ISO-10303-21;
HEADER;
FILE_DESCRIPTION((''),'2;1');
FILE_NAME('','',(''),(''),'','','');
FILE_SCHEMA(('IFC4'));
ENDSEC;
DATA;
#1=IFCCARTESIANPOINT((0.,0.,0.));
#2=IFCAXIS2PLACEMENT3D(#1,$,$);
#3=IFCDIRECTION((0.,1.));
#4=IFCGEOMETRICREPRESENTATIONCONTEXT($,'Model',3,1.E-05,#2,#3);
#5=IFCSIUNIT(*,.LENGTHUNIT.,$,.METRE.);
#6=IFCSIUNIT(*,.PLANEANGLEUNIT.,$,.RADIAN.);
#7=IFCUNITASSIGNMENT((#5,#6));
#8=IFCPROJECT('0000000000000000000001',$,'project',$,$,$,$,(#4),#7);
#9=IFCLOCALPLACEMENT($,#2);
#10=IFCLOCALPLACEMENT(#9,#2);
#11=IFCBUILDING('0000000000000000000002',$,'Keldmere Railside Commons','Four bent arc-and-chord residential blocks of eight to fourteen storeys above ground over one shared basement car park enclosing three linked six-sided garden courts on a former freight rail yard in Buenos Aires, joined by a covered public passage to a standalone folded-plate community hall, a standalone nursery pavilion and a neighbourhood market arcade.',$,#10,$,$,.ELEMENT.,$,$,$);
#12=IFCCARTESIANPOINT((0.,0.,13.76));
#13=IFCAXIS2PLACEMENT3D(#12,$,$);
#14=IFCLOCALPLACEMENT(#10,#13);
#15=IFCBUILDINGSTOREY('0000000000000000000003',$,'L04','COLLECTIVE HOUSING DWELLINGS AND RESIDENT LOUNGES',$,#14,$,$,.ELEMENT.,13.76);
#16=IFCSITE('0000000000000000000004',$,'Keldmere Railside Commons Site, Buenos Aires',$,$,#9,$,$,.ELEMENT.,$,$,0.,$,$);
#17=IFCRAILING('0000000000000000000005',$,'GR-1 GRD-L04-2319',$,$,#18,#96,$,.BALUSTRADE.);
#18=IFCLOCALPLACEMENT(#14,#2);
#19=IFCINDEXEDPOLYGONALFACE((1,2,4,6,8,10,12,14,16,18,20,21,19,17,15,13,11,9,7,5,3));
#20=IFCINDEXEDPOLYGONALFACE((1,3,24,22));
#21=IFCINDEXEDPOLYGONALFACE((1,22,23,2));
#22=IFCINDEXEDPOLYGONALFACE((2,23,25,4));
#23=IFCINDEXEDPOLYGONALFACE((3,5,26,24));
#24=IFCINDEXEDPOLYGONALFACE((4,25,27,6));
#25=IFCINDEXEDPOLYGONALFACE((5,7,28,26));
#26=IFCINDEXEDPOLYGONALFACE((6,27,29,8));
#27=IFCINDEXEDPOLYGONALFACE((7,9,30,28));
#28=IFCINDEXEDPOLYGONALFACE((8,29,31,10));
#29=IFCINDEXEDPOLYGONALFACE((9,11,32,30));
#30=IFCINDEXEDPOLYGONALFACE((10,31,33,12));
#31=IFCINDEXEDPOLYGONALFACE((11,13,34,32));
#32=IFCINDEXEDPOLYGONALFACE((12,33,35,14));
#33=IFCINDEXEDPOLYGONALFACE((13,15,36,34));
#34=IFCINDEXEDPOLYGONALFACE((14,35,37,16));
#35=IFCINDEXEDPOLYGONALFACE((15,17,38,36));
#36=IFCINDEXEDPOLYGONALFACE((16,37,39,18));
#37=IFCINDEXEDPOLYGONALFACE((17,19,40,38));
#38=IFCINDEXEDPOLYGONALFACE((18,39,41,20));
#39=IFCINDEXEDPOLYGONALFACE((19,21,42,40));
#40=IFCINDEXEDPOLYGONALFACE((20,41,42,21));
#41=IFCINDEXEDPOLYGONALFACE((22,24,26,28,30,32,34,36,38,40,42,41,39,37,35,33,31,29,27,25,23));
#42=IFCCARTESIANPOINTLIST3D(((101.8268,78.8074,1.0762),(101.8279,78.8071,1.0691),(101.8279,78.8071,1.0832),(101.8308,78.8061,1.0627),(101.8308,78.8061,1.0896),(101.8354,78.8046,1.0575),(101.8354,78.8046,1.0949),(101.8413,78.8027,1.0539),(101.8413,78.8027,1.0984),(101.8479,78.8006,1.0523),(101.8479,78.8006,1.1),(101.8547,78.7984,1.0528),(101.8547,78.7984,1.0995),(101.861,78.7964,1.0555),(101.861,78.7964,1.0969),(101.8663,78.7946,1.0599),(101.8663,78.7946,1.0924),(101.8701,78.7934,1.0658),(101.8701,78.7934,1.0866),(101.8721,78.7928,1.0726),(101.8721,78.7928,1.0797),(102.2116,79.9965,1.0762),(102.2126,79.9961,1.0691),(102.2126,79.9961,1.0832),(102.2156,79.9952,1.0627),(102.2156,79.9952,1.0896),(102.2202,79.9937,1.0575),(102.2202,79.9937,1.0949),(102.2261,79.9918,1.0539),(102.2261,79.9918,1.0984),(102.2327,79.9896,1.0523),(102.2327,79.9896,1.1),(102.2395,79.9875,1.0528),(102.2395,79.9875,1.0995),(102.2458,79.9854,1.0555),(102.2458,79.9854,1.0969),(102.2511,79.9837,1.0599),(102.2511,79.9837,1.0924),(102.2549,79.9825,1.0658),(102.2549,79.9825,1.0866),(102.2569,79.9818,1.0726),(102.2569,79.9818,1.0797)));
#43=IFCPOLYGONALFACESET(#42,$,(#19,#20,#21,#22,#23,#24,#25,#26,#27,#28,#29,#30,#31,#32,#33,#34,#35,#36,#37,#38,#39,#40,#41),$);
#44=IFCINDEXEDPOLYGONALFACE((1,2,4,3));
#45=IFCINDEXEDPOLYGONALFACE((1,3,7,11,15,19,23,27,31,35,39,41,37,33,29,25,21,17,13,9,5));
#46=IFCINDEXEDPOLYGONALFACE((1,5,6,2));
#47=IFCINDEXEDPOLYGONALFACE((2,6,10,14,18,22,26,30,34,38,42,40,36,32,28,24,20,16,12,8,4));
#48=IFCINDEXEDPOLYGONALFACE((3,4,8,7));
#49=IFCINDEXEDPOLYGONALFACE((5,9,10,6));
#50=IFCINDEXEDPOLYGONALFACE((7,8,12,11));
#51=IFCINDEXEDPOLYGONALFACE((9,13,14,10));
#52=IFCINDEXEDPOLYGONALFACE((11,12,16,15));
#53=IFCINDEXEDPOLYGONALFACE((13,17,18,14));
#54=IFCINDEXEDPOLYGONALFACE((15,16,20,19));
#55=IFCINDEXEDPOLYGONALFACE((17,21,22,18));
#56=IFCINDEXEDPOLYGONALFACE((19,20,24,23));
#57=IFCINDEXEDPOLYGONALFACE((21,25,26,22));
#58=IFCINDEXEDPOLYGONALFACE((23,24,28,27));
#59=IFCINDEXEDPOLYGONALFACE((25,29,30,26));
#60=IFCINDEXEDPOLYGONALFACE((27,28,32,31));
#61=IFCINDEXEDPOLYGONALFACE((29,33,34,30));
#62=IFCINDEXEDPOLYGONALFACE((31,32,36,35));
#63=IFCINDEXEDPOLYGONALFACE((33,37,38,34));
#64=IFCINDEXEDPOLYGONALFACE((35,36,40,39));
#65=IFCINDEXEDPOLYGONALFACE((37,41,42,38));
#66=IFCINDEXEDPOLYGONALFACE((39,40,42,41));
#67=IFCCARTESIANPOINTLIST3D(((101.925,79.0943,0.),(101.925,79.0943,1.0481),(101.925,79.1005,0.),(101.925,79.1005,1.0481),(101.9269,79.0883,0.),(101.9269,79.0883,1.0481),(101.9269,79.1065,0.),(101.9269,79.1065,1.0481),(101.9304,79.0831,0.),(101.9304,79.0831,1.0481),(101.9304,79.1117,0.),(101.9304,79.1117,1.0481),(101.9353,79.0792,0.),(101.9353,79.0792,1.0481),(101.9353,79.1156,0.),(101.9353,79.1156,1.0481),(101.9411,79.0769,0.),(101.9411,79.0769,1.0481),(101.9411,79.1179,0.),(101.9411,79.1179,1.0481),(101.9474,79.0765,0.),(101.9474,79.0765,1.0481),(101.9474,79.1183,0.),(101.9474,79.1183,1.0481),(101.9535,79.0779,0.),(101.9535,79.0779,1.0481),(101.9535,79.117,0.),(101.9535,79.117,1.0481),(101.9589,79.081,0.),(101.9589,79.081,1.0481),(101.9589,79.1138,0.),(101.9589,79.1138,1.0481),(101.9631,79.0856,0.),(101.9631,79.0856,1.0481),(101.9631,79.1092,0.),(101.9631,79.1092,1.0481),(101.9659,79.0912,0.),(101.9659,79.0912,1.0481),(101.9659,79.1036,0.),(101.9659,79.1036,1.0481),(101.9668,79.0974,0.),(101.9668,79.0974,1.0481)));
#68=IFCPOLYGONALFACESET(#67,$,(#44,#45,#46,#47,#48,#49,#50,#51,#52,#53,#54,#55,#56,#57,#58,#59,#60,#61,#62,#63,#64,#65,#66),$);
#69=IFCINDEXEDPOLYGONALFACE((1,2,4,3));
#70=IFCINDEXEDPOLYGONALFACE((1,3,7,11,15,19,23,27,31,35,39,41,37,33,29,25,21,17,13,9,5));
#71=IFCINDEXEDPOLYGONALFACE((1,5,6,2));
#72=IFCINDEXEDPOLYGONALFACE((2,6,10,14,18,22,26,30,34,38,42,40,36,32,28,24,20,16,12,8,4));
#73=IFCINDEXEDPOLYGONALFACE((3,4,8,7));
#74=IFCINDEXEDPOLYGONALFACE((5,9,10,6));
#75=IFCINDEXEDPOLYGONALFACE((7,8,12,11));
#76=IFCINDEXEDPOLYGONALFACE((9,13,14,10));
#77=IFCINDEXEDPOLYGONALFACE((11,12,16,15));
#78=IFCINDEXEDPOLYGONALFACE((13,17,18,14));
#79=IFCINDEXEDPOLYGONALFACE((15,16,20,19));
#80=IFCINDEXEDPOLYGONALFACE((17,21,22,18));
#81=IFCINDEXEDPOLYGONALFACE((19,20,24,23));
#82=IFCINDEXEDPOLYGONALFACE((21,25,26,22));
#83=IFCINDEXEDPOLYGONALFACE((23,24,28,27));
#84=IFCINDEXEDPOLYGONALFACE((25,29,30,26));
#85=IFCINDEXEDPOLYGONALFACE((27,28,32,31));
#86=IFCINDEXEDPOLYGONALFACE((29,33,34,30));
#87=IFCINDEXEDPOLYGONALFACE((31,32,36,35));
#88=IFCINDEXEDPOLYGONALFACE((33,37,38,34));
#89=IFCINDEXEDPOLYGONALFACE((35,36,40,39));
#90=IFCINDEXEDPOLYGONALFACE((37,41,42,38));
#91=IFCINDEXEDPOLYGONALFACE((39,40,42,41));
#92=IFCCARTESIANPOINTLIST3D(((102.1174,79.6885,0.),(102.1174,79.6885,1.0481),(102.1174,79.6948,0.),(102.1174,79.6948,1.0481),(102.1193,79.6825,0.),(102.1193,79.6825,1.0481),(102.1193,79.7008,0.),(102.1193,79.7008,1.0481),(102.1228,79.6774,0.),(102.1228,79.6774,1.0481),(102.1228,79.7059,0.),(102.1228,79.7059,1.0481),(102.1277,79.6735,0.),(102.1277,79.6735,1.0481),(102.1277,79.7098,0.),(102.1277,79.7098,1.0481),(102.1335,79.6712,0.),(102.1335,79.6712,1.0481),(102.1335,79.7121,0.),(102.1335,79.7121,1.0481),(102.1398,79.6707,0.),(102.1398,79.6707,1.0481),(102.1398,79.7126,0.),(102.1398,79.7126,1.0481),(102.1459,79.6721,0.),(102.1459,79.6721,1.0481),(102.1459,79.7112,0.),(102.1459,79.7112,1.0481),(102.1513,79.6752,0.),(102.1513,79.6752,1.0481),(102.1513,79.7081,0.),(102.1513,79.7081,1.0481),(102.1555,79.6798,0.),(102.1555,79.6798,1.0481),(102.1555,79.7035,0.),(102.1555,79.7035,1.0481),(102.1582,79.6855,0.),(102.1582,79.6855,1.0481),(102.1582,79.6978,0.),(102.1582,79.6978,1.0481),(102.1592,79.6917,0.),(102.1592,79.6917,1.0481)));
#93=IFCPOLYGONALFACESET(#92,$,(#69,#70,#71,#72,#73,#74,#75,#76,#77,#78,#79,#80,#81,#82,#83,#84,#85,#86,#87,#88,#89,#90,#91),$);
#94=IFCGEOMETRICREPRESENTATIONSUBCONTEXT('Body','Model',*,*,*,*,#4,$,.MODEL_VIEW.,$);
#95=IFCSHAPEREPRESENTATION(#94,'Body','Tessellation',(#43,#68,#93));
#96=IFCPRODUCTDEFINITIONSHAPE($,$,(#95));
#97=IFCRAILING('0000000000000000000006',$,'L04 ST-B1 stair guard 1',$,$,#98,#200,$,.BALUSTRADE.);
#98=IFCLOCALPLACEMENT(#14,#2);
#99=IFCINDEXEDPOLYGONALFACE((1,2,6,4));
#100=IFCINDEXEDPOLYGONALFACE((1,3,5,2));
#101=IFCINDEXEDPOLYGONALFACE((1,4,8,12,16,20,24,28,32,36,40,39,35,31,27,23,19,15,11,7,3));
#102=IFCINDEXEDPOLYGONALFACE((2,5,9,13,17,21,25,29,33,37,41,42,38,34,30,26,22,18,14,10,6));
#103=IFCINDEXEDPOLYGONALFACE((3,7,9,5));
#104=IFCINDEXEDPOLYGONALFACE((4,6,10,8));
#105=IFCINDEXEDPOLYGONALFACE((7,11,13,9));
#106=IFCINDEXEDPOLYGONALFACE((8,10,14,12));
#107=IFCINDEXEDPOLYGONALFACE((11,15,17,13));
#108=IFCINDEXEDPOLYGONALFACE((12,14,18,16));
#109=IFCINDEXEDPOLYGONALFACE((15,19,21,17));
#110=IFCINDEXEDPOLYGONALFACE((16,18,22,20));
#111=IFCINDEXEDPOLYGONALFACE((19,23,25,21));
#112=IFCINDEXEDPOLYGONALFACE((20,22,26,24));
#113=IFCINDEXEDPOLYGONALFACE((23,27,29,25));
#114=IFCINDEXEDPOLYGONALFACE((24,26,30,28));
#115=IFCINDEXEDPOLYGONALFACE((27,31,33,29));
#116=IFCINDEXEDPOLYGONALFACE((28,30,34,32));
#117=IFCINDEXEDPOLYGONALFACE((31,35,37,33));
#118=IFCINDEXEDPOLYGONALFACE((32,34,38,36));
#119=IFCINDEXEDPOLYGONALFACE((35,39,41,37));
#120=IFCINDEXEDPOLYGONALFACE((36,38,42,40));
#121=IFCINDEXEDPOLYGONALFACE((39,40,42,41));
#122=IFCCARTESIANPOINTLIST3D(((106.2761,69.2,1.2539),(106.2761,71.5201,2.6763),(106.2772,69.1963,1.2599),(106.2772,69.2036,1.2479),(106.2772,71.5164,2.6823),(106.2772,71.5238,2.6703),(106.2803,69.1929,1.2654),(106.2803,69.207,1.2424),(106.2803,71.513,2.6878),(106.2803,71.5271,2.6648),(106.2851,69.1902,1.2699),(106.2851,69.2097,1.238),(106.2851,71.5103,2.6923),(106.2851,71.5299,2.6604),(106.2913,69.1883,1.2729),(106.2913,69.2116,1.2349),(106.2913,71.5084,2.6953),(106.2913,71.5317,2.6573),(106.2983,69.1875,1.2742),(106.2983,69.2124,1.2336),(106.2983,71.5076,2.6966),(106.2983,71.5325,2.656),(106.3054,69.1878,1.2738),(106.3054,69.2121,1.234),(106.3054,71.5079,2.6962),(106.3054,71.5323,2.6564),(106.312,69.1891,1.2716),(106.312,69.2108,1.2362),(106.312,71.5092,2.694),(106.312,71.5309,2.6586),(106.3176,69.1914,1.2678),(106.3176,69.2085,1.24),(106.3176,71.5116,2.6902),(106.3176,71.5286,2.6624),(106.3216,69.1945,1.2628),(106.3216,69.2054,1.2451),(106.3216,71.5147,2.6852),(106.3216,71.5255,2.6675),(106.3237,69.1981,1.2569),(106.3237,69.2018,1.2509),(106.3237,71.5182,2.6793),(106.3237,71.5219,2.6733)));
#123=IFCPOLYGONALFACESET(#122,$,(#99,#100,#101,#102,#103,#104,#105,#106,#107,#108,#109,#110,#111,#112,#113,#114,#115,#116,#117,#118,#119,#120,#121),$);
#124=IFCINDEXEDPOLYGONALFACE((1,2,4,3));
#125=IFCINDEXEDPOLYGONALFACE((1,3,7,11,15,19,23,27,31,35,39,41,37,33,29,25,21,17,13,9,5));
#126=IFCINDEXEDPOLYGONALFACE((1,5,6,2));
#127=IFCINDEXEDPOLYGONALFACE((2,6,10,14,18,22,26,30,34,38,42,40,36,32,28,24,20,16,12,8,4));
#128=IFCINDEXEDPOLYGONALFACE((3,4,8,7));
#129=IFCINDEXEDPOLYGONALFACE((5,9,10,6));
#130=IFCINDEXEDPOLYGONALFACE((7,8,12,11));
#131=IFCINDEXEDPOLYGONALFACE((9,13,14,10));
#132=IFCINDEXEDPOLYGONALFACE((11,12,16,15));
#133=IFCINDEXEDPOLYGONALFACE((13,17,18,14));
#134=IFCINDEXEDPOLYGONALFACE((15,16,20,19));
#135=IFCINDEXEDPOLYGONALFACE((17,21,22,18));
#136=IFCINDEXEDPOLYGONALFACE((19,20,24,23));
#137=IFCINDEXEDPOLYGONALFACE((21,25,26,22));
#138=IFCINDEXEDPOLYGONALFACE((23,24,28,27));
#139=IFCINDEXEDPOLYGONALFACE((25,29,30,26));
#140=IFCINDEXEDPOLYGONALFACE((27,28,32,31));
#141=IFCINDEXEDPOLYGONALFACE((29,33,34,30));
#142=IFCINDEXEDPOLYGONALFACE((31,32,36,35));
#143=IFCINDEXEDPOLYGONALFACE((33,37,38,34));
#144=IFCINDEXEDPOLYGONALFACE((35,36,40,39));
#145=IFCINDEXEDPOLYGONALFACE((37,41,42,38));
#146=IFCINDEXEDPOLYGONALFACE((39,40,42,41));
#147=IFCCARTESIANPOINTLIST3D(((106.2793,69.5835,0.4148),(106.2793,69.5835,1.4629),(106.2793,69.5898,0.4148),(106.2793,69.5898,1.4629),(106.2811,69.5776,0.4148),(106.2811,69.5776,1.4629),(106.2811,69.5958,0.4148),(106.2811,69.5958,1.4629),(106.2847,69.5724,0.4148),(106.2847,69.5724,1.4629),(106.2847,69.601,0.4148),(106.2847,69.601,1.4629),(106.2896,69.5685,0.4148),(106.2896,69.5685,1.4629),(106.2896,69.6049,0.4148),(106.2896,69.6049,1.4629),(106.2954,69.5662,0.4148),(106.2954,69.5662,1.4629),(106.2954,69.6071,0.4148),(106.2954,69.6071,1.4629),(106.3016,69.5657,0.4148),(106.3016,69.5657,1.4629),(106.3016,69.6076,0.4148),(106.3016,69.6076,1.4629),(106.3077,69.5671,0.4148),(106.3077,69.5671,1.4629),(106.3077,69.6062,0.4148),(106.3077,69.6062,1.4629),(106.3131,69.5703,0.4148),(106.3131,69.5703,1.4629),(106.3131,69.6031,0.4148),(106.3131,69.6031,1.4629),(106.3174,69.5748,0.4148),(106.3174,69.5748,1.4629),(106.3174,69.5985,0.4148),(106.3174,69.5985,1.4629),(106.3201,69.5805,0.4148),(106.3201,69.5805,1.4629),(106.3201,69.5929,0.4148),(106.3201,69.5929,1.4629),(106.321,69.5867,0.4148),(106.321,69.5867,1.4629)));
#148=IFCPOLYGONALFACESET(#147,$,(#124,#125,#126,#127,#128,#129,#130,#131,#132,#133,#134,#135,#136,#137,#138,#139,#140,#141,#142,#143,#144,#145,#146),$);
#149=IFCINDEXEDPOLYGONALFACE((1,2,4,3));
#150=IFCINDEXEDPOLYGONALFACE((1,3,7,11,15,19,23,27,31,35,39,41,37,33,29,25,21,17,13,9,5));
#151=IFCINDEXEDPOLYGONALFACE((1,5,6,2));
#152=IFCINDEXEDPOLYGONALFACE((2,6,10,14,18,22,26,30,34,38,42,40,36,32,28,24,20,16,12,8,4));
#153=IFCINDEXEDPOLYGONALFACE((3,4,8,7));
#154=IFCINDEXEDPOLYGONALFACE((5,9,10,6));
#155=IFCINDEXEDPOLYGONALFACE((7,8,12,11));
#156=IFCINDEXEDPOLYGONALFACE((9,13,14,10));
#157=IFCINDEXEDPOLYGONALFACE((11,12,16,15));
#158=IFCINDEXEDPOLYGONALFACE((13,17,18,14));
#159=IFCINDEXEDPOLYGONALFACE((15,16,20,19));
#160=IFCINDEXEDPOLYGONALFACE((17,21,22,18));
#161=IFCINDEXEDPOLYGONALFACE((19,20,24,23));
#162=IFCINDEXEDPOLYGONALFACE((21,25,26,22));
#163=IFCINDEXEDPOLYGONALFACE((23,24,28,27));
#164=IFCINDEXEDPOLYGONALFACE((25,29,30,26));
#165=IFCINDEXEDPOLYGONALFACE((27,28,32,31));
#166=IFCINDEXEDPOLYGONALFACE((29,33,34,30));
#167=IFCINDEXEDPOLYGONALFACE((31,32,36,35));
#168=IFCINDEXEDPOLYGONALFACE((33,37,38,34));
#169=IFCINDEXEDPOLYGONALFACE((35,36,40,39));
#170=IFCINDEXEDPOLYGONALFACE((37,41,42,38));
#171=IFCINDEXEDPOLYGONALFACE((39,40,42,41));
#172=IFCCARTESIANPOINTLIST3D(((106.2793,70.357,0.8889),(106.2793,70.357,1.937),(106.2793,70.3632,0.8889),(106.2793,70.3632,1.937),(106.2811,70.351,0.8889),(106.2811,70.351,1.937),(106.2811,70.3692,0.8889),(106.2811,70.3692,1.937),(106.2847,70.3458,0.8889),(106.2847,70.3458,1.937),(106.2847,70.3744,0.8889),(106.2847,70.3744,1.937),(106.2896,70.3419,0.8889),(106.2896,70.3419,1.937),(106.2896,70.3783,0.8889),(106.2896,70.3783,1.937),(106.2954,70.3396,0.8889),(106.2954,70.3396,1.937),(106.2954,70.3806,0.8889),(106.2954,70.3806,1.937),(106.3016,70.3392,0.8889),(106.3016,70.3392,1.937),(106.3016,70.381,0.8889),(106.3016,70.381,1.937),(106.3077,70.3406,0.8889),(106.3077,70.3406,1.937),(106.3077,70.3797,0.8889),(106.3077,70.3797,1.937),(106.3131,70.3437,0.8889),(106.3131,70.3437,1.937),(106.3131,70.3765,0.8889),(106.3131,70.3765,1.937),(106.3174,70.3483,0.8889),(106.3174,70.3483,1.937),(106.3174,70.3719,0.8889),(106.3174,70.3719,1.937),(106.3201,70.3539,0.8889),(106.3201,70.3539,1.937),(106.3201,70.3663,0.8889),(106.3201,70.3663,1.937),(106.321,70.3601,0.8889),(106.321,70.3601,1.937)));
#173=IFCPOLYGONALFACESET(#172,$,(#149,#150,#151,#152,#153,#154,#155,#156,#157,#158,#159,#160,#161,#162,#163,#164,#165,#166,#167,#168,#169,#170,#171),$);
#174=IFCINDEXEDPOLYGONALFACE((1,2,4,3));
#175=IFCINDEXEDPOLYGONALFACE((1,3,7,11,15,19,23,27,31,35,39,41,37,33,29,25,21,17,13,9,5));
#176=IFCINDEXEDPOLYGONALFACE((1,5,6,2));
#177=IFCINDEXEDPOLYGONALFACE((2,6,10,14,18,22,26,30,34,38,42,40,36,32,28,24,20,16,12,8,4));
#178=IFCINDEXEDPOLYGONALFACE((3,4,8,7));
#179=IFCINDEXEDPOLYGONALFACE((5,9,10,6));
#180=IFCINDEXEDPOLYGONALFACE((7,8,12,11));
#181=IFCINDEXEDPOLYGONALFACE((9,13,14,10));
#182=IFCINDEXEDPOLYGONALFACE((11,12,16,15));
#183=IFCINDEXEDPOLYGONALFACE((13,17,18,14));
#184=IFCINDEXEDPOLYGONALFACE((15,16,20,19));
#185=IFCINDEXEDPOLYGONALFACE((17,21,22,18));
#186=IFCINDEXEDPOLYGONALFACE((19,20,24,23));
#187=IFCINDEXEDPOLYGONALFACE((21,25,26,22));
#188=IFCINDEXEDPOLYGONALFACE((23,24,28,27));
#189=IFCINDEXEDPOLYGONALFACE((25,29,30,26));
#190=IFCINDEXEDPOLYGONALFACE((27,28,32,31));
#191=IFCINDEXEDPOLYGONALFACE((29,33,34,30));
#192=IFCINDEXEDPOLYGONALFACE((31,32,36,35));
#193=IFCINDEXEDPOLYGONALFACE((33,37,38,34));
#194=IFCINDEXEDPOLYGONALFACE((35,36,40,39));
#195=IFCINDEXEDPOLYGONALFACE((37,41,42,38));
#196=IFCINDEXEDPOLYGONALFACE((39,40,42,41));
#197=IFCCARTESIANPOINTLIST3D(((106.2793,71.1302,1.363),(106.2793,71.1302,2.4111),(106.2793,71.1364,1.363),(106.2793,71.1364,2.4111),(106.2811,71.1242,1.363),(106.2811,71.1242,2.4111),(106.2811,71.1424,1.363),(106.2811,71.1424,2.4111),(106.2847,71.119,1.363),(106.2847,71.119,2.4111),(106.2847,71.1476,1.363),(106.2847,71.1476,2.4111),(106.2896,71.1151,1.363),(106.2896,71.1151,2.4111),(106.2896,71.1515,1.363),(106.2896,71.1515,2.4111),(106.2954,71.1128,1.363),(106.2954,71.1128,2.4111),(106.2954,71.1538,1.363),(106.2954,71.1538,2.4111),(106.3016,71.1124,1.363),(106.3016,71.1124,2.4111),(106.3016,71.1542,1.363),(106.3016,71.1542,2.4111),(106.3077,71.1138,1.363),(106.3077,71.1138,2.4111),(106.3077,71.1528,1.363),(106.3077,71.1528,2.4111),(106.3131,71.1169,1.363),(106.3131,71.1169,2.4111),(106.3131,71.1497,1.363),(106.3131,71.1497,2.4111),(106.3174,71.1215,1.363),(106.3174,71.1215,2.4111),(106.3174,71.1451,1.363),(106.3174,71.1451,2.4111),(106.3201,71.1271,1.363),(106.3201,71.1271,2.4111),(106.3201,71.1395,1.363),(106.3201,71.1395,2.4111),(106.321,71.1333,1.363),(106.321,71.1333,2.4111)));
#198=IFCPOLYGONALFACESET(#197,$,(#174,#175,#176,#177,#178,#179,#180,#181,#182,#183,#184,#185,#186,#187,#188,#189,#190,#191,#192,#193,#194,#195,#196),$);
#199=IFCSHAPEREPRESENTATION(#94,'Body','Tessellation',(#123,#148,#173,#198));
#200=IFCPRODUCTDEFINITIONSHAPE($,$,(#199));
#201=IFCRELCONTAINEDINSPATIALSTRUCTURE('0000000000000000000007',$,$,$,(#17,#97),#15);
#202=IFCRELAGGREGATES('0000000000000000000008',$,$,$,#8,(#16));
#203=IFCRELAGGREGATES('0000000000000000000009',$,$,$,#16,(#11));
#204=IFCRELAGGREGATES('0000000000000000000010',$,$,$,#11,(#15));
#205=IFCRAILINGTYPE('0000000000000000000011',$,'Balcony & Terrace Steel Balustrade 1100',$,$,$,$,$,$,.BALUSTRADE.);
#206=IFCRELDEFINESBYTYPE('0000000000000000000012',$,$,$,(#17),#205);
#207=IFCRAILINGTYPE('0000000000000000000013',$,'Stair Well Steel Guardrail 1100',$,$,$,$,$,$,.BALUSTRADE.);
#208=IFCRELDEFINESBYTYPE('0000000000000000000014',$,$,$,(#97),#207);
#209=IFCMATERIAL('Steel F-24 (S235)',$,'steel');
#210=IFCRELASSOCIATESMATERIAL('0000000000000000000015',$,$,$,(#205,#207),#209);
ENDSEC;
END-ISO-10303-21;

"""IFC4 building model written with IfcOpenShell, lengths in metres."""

from ifc_helpers import new_model, si_unit, direction, frame, origin, origin_2d, place, context, subcontext, project, spatial, circle, extrude, material, type_object, element, save


model = new_model("IFC4")

# Units and contexts
model_context = context("Model", 3, precision=1e-05, world=origin(), true_north=direction((0.0, 1.0)))
body_context = subcontext(model_context, "Body", "Model", "MODEL_VIEW")
ifc_project = project(units=[si_unit("LENGTHUNIT", "METRE"), si_unit("PLANEANGLEUNIT", "RADIAN")], contexts=[model_context])

# Site, building, storey
site_placement = place(None, origin())
site = spatial("IfcSite", under=ifc_project, at=site_placement, Name="Keldmere Railside Commons Site, Buenos Aires", CompositionType="ELEMENT", RefElevation=0.0)
building_placement = place(site_placement, origin())
building = spatial("IfcBuilding", under=site, at=building_placement, Name="Keldmere Railside Commons", Description="Four bent arc-and-chord residential blocks of eight to fourteen storeys above ground over one shared basement car park enclosing three linked six-sided garden courts on a former freight rail yard in Buenos Aires, joined by a covered public passage to a standalone folded-plate community hall, a standalone nursery pavilion and a neighbourhood market arcade.", CompositionType="ELEMENT")
storey_placement = place(building_placement, frame((0.0, 0.0, 13.76)))
storey = spatial("IfcBuildingStorey", under=building, at=storey_placement, Name="L04", Description="COLLECTIVE HOUSING DWELLINGS AND RESIDENT LOUNGES", CompositionType="ELEMENT", Elevation=13.76)

# Shared definitions
ifc_material_1 = material(Name="Steel F-24 (S235)", Category="steel")

# Railings
railing_type_1 = type_object("IfcRailingType", Name="Balcony & Terrace Steel Balustrade 1100", PredefinedType="BALUSTRADE", material=ifc_material_1)
railing_1_placement = place(storey_placement, frame((101.8496, 78.8, 0.0)))
element("IfcRailing", 1, at=railing_1_placement, inside=storey, type_object=railing_type_1, Name="GR-1 GRD-L04-2319", PredefinedType="BALUSTRADE", context=body_context, shape_type="SweptSolid", body=[
    extrude(circle(Radius=0.0239, at=origin_2d()), frame((0.0, 0.0, 1.0762), z_axis=(0.307893, 0.951421, 0.0), x_axis=(-0.951421, 0.307893, 0.0)), (0.0, 0.0, 1.0), 1.2498),
    extrude(circle(Radius=0.021, at=origin_2d()), frame((0.0962, 0.2974, 0.0)), (0.0, 0.0, 1.0), 1.0481),
    extrude(circle(Radius=0.021, at=origin_2d()), frame((0.2886, 0.8916, 0.0)), (0.0, 0.0, 1.0), 1.0481),
])
railing_type_2 = type_object("IfcRailingType", Name="Stair Well Steel Guardrail 1100", PredefinedType="BALUSTRADE", material=ifc_material_1)
railing_2_placement = place(storey_placement, frame((106.3, 69.2, 0.1777)))
element("IfcRailing", 2, at=railing_2_placement, inside=storey, type_object=railing_type_2, Name="L04 ST-B1 stair guard 1", PredefinedType="BALUSTRADE", context=body_context, shape_type="SweptSolid", body=[
    extrude(circle(Radius=0.0239, at=origin_2d()), frame((0.0, 0.0, 1.0762), z_axis=(0.0, 0.852538, 0.522665), x_axis=(-1.0, 0.0, 0.0)), (0.0, 0.0, 1.0), 2.7214),
    extrude(circle(Radius=0.021, at=origin_2d()), frame((0.0, 0.3867, 0.2371)), (0.0, 0.0, 1.0), 1.0481),
    extrude(circle(Radius=0.021, at=origin_2d()), frame((0.0, 1.1602, 0.7112)), (0.0, 0.0, 1.0), 1.0481),
    extrude(circle(Radius=0.021, at=origin_2d()), frame((0.0, 1.9333, 1.1853)), (0.0, 0.0, 1.0), 1.0481),
])

save(model, "model.ifc")
